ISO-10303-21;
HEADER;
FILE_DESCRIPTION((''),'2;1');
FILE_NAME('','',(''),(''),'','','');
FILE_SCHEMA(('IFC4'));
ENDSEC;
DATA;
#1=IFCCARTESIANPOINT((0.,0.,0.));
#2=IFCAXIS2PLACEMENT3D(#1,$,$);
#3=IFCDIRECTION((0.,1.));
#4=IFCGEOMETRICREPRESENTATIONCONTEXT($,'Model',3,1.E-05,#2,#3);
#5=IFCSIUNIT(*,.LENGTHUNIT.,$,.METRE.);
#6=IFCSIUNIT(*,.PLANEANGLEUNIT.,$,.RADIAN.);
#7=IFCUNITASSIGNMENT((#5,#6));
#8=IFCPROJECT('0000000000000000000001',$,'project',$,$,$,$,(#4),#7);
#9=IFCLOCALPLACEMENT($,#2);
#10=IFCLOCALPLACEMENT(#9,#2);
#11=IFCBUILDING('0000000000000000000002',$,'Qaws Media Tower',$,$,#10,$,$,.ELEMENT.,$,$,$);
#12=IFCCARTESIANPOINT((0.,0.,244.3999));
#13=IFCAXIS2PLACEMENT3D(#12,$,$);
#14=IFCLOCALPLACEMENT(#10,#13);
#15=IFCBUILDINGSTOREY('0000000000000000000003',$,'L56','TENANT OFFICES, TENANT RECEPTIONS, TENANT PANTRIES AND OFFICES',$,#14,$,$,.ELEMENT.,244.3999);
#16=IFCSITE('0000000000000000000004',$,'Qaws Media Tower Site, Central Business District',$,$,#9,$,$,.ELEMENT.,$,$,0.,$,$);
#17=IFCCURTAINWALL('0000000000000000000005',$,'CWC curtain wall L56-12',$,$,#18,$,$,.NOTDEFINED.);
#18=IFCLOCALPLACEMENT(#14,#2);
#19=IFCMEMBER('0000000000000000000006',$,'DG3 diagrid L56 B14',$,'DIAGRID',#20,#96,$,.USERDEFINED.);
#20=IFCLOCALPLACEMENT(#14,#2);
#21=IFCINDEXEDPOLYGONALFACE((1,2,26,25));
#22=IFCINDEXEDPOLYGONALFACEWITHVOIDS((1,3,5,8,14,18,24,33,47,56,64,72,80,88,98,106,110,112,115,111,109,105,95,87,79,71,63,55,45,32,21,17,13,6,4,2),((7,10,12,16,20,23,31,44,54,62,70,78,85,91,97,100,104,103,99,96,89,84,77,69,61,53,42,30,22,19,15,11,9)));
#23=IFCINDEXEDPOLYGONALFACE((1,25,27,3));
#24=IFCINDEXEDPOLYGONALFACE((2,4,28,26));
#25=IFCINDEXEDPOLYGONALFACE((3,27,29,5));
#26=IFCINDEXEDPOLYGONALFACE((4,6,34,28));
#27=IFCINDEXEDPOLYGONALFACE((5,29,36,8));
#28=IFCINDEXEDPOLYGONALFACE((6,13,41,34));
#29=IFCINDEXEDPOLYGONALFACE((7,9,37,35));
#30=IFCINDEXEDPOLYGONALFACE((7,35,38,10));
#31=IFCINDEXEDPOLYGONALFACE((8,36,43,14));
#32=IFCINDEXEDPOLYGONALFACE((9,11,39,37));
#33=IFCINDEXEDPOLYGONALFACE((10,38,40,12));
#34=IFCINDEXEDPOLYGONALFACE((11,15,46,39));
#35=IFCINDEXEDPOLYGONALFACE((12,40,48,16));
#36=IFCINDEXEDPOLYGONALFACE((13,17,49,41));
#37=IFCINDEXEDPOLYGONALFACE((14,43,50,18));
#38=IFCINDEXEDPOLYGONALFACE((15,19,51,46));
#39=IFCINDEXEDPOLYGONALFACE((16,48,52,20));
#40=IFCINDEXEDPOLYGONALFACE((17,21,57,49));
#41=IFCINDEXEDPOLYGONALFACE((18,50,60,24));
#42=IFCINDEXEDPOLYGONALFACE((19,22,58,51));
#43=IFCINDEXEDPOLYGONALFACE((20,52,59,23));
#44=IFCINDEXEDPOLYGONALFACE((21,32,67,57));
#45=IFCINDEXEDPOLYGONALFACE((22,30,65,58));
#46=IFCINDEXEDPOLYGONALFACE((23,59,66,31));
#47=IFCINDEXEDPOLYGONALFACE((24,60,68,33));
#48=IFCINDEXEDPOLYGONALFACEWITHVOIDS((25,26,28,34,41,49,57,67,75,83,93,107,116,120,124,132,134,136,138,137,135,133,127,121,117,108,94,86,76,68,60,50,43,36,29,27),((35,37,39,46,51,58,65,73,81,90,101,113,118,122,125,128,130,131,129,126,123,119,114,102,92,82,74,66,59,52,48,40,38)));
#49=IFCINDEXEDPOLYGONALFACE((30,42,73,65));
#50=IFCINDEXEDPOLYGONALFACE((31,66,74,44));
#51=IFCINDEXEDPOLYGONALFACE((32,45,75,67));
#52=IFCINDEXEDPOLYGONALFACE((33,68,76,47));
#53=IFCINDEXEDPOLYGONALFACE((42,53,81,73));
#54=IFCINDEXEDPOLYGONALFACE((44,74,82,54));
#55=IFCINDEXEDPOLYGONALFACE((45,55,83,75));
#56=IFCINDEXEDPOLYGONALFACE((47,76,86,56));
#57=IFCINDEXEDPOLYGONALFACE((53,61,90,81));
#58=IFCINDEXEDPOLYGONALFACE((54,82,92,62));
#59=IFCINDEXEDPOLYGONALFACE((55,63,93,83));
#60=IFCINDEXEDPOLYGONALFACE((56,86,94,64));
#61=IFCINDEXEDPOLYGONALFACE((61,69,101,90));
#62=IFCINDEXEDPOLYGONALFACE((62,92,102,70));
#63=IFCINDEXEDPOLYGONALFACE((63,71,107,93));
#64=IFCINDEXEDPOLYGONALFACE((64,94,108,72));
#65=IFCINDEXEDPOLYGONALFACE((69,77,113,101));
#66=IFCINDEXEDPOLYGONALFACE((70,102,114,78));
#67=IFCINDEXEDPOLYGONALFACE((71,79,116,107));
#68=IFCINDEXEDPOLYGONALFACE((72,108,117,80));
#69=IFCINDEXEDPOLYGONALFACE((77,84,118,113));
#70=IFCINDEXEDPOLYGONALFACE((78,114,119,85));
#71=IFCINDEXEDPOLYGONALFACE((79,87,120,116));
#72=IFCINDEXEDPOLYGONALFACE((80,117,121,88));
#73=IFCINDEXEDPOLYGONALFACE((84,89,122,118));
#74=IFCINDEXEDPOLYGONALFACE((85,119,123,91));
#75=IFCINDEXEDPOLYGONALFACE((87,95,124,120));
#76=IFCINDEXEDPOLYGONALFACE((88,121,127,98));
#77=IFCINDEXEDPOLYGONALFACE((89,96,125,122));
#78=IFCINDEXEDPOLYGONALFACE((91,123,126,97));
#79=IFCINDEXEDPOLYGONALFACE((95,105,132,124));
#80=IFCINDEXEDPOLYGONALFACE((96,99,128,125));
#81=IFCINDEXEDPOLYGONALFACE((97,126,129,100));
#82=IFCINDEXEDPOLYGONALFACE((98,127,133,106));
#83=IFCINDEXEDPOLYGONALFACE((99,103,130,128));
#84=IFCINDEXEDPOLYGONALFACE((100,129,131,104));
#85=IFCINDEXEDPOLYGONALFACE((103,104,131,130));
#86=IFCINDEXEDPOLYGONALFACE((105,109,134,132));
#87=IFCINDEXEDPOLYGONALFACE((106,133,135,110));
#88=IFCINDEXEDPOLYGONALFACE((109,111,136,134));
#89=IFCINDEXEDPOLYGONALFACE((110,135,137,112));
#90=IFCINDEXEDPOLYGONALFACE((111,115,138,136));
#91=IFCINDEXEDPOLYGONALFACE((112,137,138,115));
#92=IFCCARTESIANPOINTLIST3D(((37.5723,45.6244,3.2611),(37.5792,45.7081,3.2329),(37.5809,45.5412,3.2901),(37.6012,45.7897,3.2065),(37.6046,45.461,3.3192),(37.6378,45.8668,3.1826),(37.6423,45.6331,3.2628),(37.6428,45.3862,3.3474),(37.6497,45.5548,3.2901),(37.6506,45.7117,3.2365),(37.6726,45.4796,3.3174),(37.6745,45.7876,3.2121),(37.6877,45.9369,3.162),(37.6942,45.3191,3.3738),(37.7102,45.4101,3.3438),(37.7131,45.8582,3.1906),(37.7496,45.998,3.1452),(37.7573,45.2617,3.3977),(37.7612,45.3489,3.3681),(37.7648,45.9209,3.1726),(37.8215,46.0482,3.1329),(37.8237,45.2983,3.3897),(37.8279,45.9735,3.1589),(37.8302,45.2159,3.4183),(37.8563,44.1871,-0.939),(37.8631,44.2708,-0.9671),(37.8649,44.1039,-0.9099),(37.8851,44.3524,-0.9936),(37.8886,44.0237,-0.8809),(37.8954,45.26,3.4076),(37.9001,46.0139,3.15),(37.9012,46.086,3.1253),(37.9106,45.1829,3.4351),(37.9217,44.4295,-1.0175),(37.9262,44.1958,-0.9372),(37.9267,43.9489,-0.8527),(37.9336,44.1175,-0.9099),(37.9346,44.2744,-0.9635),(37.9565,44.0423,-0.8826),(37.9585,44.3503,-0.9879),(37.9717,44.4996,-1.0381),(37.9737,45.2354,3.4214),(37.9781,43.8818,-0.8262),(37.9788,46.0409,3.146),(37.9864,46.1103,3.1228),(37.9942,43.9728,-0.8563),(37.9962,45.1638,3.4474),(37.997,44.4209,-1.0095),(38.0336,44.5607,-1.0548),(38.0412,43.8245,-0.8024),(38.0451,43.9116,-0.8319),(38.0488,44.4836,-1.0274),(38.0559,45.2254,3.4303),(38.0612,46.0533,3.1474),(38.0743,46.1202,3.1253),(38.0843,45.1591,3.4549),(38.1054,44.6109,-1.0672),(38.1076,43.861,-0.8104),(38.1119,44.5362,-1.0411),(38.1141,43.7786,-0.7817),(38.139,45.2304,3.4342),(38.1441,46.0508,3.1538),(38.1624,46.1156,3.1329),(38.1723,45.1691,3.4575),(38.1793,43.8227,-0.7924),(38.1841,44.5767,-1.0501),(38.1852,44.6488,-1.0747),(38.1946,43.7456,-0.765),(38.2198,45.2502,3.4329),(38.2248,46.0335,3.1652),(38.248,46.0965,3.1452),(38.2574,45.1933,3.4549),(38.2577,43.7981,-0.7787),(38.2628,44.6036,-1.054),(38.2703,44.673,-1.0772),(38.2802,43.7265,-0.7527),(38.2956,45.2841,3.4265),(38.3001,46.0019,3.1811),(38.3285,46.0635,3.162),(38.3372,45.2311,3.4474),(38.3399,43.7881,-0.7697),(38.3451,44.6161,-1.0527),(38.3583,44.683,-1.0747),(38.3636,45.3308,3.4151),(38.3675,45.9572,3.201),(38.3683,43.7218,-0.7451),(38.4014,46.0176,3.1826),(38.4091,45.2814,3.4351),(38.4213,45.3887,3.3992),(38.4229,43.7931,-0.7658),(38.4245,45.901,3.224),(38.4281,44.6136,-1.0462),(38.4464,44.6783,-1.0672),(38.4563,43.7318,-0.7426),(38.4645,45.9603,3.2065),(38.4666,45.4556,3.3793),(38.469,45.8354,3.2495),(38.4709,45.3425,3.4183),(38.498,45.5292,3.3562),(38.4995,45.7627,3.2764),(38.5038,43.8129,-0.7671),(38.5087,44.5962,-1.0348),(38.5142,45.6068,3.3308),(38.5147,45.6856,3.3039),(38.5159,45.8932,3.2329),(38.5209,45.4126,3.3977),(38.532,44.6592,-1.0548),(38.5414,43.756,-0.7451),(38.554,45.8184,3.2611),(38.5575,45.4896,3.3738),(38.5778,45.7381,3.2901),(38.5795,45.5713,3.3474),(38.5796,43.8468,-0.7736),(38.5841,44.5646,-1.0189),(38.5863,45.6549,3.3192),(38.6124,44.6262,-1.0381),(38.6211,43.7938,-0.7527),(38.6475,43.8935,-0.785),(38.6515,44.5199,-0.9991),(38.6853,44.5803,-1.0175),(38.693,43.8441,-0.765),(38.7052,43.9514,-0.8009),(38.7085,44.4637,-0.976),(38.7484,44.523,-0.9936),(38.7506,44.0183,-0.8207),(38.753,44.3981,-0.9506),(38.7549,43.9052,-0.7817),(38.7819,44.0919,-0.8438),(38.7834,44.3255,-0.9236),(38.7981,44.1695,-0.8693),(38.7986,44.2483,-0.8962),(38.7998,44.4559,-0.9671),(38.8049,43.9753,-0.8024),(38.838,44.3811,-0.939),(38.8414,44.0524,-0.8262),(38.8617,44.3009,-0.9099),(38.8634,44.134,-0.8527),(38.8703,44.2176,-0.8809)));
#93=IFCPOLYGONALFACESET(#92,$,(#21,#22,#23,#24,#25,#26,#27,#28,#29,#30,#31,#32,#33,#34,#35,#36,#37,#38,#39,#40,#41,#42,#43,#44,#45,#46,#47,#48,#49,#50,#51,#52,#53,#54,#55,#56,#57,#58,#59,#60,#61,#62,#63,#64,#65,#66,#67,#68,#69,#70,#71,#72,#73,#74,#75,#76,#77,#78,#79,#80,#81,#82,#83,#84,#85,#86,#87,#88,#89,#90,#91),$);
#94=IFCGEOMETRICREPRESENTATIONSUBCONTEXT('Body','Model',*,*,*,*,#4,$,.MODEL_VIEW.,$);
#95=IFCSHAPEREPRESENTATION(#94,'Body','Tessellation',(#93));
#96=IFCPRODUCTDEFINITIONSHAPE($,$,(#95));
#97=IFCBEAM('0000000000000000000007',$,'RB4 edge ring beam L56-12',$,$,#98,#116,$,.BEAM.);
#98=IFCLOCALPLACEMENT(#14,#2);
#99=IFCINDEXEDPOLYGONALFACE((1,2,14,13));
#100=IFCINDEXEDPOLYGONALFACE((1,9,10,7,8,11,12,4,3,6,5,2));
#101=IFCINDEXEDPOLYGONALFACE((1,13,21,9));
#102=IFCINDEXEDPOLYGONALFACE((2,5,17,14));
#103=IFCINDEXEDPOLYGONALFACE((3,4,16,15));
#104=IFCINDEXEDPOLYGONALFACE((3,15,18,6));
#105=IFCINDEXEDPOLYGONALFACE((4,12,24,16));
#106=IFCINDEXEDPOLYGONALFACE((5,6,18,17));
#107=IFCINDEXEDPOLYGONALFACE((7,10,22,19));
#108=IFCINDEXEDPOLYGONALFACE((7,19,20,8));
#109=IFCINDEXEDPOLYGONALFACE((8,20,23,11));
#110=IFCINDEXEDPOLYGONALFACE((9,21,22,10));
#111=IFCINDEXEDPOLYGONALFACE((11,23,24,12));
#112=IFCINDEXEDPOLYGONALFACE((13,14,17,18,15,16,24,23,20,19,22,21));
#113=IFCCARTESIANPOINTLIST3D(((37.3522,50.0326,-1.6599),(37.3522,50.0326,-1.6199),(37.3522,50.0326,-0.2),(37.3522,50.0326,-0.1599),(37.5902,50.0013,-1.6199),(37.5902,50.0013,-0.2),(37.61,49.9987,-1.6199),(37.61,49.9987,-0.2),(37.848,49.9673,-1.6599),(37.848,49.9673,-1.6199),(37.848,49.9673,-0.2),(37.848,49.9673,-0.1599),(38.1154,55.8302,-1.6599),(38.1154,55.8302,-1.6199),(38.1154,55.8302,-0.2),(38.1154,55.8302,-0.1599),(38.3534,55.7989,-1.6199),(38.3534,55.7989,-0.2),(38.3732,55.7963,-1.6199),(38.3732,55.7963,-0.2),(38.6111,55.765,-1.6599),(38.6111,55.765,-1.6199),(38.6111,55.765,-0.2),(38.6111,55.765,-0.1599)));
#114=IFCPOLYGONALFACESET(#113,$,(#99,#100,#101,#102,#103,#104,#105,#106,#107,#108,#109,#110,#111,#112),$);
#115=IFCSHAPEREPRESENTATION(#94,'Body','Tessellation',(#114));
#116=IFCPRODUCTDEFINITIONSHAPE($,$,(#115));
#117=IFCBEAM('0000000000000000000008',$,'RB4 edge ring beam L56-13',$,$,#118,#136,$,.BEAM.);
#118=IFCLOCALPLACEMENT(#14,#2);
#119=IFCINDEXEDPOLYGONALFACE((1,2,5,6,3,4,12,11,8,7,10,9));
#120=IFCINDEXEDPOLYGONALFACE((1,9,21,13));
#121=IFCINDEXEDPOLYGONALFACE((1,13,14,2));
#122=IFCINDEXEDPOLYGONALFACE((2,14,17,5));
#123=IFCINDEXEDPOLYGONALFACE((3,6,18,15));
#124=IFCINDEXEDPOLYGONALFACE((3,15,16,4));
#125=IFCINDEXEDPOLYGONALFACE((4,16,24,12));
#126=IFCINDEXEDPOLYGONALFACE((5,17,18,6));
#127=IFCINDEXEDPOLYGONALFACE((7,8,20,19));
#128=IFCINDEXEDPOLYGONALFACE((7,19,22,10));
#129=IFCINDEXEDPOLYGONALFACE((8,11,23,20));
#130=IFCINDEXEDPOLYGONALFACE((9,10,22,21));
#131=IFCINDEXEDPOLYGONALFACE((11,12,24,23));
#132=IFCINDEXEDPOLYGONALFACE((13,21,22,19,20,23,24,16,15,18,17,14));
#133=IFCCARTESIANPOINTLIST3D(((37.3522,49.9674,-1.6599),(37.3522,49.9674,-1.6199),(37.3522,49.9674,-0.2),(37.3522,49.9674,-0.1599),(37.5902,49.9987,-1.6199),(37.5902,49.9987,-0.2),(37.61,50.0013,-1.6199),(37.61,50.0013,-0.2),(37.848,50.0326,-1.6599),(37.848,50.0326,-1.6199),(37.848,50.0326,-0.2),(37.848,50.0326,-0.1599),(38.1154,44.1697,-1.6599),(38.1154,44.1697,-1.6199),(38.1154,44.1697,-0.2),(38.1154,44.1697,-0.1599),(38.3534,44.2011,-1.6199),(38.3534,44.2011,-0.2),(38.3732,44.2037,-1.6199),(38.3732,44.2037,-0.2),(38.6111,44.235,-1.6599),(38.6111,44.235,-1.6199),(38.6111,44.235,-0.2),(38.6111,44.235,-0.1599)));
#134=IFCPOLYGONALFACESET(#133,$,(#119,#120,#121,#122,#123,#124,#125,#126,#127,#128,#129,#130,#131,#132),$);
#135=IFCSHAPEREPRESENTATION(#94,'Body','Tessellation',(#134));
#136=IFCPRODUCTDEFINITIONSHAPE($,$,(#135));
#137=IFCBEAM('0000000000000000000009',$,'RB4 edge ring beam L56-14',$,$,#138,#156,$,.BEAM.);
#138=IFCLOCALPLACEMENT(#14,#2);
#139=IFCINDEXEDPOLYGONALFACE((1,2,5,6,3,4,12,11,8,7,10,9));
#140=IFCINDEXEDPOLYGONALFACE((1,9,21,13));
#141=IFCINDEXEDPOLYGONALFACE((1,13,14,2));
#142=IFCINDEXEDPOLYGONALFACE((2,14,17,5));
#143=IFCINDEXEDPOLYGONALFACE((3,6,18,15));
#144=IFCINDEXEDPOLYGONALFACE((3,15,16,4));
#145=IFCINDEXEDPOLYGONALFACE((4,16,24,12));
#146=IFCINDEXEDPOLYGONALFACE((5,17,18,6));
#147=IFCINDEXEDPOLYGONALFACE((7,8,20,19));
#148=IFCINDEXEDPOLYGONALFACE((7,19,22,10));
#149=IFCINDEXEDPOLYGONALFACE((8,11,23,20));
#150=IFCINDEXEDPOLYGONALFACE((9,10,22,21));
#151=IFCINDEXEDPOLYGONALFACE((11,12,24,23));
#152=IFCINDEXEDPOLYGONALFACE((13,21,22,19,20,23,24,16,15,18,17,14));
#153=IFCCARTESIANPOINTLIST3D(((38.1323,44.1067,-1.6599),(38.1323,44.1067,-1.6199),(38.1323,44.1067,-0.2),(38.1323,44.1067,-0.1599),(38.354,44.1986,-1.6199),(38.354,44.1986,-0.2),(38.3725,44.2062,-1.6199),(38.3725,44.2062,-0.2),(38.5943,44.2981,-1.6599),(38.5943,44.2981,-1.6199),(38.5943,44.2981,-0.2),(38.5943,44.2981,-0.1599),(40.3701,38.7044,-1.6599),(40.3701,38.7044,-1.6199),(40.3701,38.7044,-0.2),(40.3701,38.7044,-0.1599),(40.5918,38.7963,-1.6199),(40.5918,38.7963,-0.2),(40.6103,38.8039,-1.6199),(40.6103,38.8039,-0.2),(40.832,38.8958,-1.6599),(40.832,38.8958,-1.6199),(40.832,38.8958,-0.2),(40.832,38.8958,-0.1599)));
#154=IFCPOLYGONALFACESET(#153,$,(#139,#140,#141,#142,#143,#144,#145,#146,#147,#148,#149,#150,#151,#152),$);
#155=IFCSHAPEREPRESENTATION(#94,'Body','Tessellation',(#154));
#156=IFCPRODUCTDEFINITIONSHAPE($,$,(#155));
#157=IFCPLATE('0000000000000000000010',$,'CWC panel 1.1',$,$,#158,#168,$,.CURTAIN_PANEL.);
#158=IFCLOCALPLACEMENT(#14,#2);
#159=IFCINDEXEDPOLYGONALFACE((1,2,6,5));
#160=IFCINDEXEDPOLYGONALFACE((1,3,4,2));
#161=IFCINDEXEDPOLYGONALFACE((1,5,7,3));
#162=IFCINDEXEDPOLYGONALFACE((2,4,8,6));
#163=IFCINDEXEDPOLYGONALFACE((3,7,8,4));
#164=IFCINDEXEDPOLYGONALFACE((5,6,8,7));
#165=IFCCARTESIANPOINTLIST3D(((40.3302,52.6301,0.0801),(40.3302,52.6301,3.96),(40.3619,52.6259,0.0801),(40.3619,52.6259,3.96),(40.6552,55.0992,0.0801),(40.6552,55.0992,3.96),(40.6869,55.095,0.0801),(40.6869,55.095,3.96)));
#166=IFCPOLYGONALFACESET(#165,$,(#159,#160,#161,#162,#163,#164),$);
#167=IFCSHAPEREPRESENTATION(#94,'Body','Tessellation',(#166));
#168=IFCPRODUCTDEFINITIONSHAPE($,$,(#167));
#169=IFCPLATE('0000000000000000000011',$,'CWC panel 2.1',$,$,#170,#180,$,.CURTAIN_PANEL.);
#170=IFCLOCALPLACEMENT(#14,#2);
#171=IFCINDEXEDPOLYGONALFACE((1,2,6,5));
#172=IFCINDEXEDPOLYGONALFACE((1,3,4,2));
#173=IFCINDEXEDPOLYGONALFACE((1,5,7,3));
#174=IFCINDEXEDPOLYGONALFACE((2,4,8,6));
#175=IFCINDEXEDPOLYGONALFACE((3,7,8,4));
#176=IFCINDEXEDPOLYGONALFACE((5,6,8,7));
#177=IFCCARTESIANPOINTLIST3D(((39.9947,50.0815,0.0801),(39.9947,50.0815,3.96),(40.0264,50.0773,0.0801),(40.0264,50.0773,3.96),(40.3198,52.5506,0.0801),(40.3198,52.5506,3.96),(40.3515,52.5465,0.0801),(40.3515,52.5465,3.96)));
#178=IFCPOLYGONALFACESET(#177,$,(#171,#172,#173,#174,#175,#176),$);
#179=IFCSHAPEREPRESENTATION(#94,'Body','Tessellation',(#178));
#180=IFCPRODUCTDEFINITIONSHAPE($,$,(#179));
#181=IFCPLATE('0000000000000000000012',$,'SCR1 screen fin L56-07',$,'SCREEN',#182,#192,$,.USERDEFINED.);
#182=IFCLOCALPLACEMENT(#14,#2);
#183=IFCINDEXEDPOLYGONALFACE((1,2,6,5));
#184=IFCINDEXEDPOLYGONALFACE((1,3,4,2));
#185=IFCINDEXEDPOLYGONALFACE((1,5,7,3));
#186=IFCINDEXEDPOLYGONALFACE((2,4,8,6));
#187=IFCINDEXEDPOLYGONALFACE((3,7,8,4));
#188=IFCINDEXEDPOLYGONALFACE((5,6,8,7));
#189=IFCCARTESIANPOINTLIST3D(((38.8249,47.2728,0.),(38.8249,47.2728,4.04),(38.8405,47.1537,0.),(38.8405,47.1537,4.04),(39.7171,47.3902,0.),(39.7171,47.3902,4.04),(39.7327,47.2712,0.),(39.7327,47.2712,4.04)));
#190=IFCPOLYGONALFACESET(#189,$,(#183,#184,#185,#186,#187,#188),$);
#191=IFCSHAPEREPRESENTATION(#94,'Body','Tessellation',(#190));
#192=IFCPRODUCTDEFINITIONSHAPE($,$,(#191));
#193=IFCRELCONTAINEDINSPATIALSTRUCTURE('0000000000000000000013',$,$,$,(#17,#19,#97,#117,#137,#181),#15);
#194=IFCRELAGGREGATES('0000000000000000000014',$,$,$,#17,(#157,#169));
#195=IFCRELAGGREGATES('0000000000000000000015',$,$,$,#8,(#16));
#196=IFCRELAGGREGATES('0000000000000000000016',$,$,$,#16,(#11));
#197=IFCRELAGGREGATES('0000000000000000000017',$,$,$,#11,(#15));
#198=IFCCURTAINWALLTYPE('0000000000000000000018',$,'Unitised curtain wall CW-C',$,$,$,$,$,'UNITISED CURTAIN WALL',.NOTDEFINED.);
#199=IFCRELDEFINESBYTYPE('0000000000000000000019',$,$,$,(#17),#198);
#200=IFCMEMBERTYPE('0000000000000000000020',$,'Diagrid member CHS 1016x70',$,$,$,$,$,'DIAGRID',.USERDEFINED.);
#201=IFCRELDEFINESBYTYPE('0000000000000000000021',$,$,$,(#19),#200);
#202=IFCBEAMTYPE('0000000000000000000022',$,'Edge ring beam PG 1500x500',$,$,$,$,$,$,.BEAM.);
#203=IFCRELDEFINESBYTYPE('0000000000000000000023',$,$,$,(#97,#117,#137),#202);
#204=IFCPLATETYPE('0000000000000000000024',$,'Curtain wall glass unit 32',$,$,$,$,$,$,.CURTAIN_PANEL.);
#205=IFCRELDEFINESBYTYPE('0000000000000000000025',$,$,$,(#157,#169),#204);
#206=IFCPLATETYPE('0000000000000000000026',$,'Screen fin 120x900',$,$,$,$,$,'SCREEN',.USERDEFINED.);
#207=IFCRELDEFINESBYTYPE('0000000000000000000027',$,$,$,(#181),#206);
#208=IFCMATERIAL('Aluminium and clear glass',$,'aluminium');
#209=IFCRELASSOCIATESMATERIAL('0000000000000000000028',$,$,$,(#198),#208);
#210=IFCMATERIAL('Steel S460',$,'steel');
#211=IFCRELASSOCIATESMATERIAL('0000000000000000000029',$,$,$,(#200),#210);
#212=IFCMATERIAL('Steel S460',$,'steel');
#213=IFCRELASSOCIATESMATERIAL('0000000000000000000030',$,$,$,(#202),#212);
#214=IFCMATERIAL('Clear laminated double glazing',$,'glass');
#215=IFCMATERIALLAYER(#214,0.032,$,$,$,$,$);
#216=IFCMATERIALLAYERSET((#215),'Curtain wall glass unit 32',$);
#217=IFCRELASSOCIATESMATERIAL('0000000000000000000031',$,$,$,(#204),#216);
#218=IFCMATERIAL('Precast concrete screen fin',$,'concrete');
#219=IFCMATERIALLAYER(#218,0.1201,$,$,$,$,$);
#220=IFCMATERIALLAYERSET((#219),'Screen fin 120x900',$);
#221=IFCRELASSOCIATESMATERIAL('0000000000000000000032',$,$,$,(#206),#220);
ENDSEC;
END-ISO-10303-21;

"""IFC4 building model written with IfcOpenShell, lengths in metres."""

from ifc_helpers import new_model, si_unit, direction, frame, origin, origin_2d, place, context, subcontext, project, spatial, rectangle, hollow_circle, i_section, extrude, material, layer, layer_set, material_profile, profile_set, type_object, element, aggregate, save


model = new_model("IFC4")

# Units and contexts
model_context = context("Model", 3, precision=1e-05, world=origin(), true_north=direction((0.0, 1.0)))
body_context = subcontext(model_context, "Body", "Model", "MODEL_VIEW")
ifc_project = project(units=[si_unit("LENGTHUNIT", "METRE"), si_unit("PLANEANGLEUNIT", "RADIAN")], contexts=[model_context])

# Site, building, storey
site_placement = place(None, origin())
site = spatial("IfcSite", under=ifc_project, at=site_placement, Name="Qaws Media Tower Site, Central Business District", CompositionType="ELEMENT", RefElevation=0.0)
building_placement = place(site_placement, origin())
building = spatial("IfcBuilding", under=site, at=building_placement, Name="Qaws Media Tower", CompositionType="ELEMENT")
storey_placement = place(building_placement, frame((0.0, 0.0, 244.3999)))
storey = spatial("IfcBuildingStorey", under=building, at=storey_placement, Name="L56", Description="TENANT OFFICES, TENANT RECEPTIONS, TENANT PANTRIES AND OFFICES", CompositionType="ELEMENT", Elevation=244.3999)

# Shared definitions
ifc_material_1 = material(Name="Aluminium and clear glass", Category="aluminium")
curtain_wall_type = type_object("IfcCurtainWallType", Name="Unitised curtain wall CW-C", ElementType="UNITISED CURTAIN WALL", PredefinedType="NOTDEFINED", material=ifc_material_1)

# Curtain wall
curtain_wall_1_placement = place(storey_placement, origin())
curtain_wall_1 = element("IfcCurtainWall", 1, at=curtain_wall_1_placement, inside=storey, type_object=curtain_wall_type, Name="CWC curtain wall L56-12", PredefinedType="NOTDEFINED")

# Member
ifc_material_2 = material(Name="Steel S460", Category="steel")
ifc_material_profile_1 = material_profile(ifc_material_2, hollow_circle(Radius=0.5081, WallThickness=0.0701, at=origin_2d()), Name="CHS 1016x70")
ifc_profile_set_1 = profile_set([ifc_material_profile_1], Name="Steel S460")
member_type_1 = type_object("IfcMemberType", Name="Diagrid member CHS 1016x70", ElementType="DIAGRID", PredefinedType="USERDEFINED", material=ifc_profile_set_1)
member_1_placement = place(storey_placement, frame((38.3633, 44.2024, -0.9099), z_axis=(-0.063832, 0.323114, 0.944205), x_axis=(-0.981039, -0.193808, 0.0)))
element("IfcMember", 2, at=member_1_placement, inside=storey, type_object=member_type_1, Name="DG3 diagrid L56 B14", ObjectType="DIAGRID", PredefinedType="USERDEFINED", context=body_context, shape_type="SweptSolid", body=[
    extrude(hollow_circle(Radius=0.5081, WallThickness=0.0701, at=origin_2d()), origin(), (0.0, 0.0, 1.0), 4.4482),
])

# Beams
ifc_material_3 = material(Name="Steel S460", Category="steel")
ifc_material_profile_2 = material_profile(ifc_material_3, i_section(OverallWidth=0.5, OverallDepth=1.5, WebThickness=0.02, FlangeThickness=0.04, at=origin_2d()), Name="PG 1500x500")
ifc_profile_set_2 = profile_set([ifc_material_profile_2], Name="Steel S460")
beam_type = type_object("IfcBeamType", Name="Edge ring beam PG 1500x500", PredefinedType="BEAM", material=ifc_profile_set_2)
for number, where, z_axis, x_axis, name in (
    (3, (38.3633, 55.7976, -0.9099), (-0.130512, -0.991447, 0.0), (0.991447, -0.130512, 0.0), "RB4 edge ring beam L56-12"),
    (4, (37.6001, 50.0, -0.9099), (0.130512, -0.991447, 0.0), (0.991447, 0.130512, 0.0), "RB4 edge ring beam L56-13"),
):
    element("IfcBeam", number, at=place(storey_placement, frame(where, z_axis=z_axis, x_axis=x_axis)), inside=storey, type_object=beam_type, Name=name, PredefinedType="BEAM", context=body_context, shape_type="SweptSolid", body=[
        extrude(i_section(OverallWidth=0.5, OverallDepth=1.5, WebThickness=0.02, FlangeThickness=0.04, at=origin_2d()), origin(), (0.0, 0.0, 1.0), 5.8477),
    ])
beam_placement = place(storey_placement, frame((38.3633, 44.2024, -0.9099), z_axis=(0.382693, -0.923875, 0.0), x_axis=(0.923875, 0.382693, 0.0)))
element("IfcBeam", 5, at=beam_placement, inside=storey, type_object=beam_type, Name="RB4 edge ring beam L56-14", PredefinedType="BEAM", context=body_context, shape_type="SweptSolid", body=[
    extrude(i_section(OverallWidth=0.5, OverallDepth=1.5, WebThickness=0.02, FlangeThickness=0.04, at=origin_2d()), origin(), (0.0, 0.0, 1.0), 5.8474),
])

# Plates
ifc_material_4 = material(Name="Clear laminated double glazing", Category="glass")
ifc_layer_1 = layer(ifc_material_4, 0.032)
ifc_layer_set_1 = layer_set([ifc_layer_1], Name="Curtain wall glass unit 32")
plate_type_1 = type_object("IfcPlateType", Name="Curtain wall glass unit 32", PredefinedType="CURTAIN_PANEL", material=ifc_layer_set_1)
plate_1_placement = place(storey_placement, frame((40.5085, 53.8625, 0.0801), z_axis=(0.0, 0.0, 1.0), x_axis=(-0.130526, -0.991445, 0.0)))
plate_1 = element("IfcPlate", 6, at=plate_1_placement, type_object=plate_type_1, Name="CWC panel 1.1", PredefinedType="CURTAIN_PANEL", context=body_context, shape_type="SweptSolid", body=[
    extrude(rectangle(XDim=2.4905, YDim=0.032, at=origin_2d()), origin(), (0.0, 0.0, 1.0), 3.8799),
])
plate_2_placement = place(storey_placement, frame((40.1731, 51.314, 0.0801), z_axis=(0.0, 0.0, 1.0), x_axis=(-0.130526, -0.991445, 0.0)))
plate_2 = element("IfcPlate", 7, at=plate_2_placement, type_object=plate_type_1, Name="CWC panel 2.1", PredefinedType="CURTAIN_PANEL", context=body_context, shape_type="SweptSolid", body=[
    extrude(rectangle(XDim=2.4905, YDim=0.032, at=origin_2d()), origin(), (0.0, 0.0, 1.0), 3.8799),
])
aggregate(curtain_wall_1, [plate_1, plate_2])
ifc_material_5 = material(Name="Precast concrete screen fin", Category="concrete")
ifc_layer_2 = layer(ifc_material_5, 0.1201)
ifc_layer_set_2 = layer_set([ifc_layer_2], Name="Screen fin 120x900")
plate_type_2 = type_object("IfcPlateType", Name="Screen fin 120x900", ElementType="SCREEN", PredefinedType="USERDEFINED", material=ifc_layer_set_2)
plate_3_placement = place(storey_placement, frame((39.2788, 47.272, 0.0), z_axis=(0.0, 0.0, 1.0), x_axis=(-0.991445, -0.130526, 0.0)))
element("IfcPlate", 8, at=plate_3_placement, inside=storey, type_object=plate_type_2, Name="SCR1 screen fin L56-07", ObjectType="SCREEN", PredefinedType="USERDEFINED", context=body_context, shape_type="SweptSolid", body=[
    extrude(rectangle(XDim=0.8999, YDim=0.1201, at=origin_2d()), origin(), (0.0, 0.0, 1.0), 4.04),
])

save(model, "model.ifc")
